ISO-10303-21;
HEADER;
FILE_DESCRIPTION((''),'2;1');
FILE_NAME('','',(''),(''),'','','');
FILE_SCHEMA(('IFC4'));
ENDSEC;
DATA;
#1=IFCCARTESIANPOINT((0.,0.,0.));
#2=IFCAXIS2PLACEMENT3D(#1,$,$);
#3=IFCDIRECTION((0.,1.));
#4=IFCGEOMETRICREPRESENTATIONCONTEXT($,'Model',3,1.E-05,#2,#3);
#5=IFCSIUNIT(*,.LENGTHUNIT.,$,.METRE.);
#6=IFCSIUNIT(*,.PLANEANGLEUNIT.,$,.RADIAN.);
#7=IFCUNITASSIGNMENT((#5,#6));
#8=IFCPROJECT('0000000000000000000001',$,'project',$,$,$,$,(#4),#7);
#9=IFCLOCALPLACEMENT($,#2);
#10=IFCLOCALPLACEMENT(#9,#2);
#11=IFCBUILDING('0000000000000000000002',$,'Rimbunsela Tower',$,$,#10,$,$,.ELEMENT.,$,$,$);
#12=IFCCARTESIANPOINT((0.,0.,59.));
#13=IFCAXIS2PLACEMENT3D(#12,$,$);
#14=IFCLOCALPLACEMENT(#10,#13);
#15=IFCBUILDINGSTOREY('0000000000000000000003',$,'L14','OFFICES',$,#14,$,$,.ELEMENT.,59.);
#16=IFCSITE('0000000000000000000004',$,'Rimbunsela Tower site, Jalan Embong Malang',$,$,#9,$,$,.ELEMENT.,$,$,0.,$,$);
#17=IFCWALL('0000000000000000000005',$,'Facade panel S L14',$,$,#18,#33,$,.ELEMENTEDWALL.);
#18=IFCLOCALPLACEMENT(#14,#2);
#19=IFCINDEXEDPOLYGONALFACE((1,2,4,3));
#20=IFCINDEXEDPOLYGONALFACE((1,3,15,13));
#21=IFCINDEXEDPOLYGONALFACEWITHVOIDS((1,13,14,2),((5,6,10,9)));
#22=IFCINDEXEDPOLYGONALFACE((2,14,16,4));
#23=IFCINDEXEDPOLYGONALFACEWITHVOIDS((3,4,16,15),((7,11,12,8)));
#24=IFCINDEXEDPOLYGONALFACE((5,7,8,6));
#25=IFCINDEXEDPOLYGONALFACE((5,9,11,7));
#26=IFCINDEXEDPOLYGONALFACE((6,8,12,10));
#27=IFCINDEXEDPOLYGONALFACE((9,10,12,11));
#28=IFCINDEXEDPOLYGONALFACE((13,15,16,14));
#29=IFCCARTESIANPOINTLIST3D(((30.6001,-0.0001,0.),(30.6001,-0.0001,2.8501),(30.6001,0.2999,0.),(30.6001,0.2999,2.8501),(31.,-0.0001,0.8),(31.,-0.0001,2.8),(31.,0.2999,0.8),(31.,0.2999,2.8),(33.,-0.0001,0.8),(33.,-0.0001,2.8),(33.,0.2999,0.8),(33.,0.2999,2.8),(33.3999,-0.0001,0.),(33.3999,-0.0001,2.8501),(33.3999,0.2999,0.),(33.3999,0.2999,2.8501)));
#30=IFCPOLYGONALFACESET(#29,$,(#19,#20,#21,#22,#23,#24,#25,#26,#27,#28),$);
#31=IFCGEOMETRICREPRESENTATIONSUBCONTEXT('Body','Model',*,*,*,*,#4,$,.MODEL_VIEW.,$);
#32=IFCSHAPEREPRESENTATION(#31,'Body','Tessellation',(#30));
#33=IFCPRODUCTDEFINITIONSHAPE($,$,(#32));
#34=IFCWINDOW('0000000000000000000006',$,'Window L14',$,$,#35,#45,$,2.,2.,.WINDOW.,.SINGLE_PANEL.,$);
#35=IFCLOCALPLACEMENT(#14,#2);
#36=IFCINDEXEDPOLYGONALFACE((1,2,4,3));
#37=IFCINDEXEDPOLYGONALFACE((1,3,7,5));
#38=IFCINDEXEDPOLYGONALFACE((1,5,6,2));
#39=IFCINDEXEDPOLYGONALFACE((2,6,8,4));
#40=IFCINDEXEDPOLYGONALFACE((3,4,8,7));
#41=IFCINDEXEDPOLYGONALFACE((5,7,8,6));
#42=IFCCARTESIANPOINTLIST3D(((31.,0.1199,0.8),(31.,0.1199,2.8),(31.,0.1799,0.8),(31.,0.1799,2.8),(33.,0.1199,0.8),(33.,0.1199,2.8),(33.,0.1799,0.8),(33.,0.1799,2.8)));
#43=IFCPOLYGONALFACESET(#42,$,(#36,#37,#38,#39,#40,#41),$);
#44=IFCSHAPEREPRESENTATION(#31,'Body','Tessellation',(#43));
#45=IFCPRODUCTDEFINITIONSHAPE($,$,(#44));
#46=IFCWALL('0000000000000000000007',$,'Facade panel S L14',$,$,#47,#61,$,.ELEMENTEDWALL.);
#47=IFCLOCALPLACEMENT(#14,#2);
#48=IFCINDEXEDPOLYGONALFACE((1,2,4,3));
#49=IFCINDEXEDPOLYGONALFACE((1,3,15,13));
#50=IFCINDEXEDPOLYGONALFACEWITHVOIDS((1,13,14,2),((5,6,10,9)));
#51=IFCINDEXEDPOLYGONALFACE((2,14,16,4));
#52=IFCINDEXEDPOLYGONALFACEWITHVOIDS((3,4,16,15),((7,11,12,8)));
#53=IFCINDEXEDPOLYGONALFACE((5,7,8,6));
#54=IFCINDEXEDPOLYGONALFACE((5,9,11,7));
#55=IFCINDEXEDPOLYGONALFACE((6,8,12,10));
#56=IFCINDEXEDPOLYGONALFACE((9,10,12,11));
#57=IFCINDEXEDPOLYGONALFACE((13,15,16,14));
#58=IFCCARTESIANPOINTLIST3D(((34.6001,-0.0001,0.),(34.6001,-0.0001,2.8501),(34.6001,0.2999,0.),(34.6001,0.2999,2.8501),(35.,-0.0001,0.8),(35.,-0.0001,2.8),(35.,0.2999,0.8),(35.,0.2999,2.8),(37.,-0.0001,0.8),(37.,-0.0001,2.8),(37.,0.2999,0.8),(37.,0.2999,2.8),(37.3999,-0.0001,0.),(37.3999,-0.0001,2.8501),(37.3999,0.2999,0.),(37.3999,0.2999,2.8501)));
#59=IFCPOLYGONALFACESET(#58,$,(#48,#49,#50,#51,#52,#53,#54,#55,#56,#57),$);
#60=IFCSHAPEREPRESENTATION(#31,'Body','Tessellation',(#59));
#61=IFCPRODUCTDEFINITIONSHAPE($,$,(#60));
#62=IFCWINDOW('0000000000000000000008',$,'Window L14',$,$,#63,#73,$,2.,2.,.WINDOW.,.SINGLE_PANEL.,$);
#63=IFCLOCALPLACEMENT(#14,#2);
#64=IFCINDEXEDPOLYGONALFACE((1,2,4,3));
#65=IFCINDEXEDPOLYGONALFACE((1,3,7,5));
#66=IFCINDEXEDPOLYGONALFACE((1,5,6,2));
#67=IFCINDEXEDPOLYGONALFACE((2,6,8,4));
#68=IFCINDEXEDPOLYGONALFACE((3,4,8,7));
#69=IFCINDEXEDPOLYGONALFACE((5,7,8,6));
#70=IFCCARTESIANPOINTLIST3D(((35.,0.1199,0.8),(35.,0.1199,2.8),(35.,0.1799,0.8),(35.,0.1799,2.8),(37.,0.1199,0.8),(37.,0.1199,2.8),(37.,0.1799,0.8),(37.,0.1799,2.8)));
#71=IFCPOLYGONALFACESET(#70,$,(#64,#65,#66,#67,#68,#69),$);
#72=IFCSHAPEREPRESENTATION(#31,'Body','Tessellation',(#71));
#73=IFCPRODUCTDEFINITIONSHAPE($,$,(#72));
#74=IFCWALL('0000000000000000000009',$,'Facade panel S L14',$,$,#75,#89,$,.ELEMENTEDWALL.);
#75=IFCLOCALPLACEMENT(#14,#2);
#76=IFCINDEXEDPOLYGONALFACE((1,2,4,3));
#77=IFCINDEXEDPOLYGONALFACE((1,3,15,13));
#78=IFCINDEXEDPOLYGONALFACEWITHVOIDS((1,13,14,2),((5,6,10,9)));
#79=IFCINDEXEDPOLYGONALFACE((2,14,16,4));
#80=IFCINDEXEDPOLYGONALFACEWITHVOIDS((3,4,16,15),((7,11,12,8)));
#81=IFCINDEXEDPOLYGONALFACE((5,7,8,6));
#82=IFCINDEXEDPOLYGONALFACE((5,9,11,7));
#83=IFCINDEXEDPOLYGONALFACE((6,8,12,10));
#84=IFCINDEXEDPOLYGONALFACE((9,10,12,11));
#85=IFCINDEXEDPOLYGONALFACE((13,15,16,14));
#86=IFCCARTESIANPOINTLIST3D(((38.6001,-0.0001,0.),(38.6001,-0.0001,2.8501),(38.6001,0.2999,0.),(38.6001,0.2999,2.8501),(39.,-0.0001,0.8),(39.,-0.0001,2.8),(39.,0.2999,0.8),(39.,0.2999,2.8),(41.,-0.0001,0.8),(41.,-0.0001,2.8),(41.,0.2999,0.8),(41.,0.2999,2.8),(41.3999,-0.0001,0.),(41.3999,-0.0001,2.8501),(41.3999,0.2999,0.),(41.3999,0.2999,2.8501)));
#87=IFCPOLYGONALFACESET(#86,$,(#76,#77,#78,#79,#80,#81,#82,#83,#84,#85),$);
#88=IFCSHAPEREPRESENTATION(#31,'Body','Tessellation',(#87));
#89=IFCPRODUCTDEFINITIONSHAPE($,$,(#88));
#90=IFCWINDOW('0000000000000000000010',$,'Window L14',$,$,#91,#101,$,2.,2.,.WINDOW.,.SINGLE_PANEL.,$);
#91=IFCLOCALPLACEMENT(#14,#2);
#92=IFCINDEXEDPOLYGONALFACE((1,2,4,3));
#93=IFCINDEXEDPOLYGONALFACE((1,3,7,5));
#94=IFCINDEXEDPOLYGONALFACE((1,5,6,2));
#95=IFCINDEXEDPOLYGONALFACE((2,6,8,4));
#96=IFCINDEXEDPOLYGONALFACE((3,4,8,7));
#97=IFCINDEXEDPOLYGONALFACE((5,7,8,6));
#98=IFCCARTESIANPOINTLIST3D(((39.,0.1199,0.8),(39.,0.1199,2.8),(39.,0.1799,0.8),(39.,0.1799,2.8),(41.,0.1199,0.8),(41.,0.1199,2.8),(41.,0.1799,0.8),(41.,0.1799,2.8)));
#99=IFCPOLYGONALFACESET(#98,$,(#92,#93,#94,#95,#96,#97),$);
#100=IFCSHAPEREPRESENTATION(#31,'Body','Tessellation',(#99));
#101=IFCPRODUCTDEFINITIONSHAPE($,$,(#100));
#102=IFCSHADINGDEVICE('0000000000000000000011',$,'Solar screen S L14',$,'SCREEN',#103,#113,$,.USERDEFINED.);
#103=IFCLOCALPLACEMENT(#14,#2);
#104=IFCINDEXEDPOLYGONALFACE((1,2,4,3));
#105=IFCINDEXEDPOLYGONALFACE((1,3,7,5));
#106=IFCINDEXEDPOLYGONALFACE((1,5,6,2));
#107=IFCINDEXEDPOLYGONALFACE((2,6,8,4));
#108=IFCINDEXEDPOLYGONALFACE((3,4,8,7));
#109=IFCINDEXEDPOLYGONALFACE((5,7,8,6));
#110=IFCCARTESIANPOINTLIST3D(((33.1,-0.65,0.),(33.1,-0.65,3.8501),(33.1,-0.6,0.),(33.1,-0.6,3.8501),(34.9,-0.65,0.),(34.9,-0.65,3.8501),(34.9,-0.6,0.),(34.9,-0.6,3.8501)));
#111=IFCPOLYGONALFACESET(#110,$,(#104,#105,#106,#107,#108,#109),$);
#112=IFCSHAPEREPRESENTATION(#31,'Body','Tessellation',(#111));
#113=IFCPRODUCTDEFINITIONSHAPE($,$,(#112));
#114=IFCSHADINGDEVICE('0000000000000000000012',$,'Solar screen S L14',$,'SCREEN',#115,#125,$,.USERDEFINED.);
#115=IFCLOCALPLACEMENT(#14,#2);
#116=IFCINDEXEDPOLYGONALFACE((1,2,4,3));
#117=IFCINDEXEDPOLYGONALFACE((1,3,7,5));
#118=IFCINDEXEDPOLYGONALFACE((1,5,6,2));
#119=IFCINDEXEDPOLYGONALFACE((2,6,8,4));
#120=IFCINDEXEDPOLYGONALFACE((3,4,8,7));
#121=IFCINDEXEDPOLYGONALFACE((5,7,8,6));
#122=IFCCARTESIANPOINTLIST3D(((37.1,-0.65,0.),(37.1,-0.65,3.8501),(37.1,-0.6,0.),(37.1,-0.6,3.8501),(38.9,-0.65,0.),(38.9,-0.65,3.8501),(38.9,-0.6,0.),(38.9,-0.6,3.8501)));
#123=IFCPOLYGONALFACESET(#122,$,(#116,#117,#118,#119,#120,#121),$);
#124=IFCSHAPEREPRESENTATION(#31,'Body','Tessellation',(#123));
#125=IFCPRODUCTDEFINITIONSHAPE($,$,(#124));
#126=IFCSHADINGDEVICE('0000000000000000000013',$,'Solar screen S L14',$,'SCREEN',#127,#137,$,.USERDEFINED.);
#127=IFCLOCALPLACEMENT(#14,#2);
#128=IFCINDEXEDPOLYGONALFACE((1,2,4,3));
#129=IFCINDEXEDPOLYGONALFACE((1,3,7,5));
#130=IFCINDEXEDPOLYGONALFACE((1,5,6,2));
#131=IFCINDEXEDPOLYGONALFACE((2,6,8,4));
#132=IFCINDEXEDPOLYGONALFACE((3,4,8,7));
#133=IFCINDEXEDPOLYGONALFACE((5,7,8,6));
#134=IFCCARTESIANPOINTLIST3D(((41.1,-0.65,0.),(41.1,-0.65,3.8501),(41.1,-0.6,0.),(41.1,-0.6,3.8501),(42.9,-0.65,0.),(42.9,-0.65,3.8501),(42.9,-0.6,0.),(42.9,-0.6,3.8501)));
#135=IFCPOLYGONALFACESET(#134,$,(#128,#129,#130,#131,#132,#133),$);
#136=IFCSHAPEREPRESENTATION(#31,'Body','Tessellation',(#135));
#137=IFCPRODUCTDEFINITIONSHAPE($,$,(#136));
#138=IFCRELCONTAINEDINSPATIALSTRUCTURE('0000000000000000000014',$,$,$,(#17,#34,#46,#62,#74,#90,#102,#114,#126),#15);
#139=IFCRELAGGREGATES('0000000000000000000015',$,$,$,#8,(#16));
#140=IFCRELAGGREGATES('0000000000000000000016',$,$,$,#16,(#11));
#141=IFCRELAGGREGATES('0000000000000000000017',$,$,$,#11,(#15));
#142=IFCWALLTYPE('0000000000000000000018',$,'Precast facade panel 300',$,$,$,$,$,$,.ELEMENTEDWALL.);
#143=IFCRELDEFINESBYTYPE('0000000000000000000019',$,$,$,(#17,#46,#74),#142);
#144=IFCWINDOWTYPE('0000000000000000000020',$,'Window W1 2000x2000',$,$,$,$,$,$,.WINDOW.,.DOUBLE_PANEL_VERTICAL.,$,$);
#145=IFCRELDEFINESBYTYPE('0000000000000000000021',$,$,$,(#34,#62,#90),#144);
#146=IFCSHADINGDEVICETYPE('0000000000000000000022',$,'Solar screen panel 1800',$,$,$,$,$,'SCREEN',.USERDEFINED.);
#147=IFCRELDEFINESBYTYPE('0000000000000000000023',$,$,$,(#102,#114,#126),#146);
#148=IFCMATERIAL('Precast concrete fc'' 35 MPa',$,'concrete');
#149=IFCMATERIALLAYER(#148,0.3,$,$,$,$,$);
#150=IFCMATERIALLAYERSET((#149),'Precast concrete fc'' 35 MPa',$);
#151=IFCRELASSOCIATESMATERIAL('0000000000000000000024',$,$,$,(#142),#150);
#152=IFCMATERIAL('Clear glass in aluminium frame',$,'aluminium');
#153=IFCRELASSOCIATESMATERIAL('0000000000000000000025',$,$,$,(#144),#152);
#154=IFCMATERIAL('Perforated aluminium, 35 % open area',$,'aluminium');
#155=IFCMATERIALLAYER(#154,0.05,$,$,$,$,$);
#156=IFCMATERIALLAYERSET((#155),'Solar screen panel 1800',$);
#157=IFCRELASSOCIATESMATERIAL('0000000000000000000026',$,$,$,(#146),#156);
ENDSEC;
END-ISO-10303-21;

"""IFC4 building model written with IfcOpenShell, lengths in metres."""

from ifc_helpers import new_model, si_unit, direction, frame, frame_2d, origin, origin_2d, place, context, subcontext, project, spatial, rectangle, extrude, material, layer, layer_set, type_object, element, fill, save


model = new_model("IFC4")

# Units and contexts
model_context = context("Model", 3, precision=1e-05, world=origin(), true_north=direction((0.0, 1.0)))
body_context = subcontext(model_context, "Body", "Model", "MODEL_VIEW")
ifc_project = project(units=[si_unit("LENGTHUNIT", "METRE"), si_unit("PLANEANGLEUNIT", "RADIAN")], contexts=[model_context])

# Site, building, storey
site_placement = place(None, origin())
site = spatial("IfcSite", under=ifc_project, at=site_placement, Name="Rimbunsela Tower site, Jalan Embong Malang", CompositionType="ELEMENT", RefElevation=0.0)
building_placement = place(site_placement, origin())
building = spatial("IfcBuilding", under=site, at=building_placement, Name="Rimbunsela Tower", CompositionType="ELEMENT")
storey_placement = place(building_placement, frame((0.0, 0.0, 59.0)))
storey = spatial("IfcBuildingStorey", under=building, at=storey_placement, Name="L14", Description="OFFICES", CompositionType="ELEMENT", Elevation=59.0)

# Walls, openings, windows
ifc_material_1 = material(Name="Precast concrete fc' 35 MPa", Category="concrete")
ifc_layer_1 = layer(ifc_material_1, 0.3)
ifc_layer_set_1 = layer_set([ifc_layer_1], Name="Precast concrete fc' 35 MPa")
wall_type = type_object("IfcWallType", Name="Precast facade panel 300", PredefinedType="ELEMENTEDWALL", material=ifc_layer_set_1)
wall_1_placement = place(storey_placement, frame((30.6001, 0.1499, 0.0), z_axis=(0.0, 0.0, 1.0), x_axis=(1.0, 0.0, 0.0)))
wall_1 = element("IfcWall", 1, at=wall_1_placement, inside=storey, type_object=wall_type, Name="Facade panel S L14", PredefinedType="ELEMENTEDWALL", context=body_context, shape_type="SweptSolid", body=[
    extrude(rectangle(XDim=2.7998, YDim=0.3, at=frame_2d((1.3999, 0.0))), origin(), (0.0, 0.0, 1.0), 2.8501),
])
opening_1_placement = place(wall_1_placement, frame((0.3999, 0.0, 0.8)))
opening_1 = element("IfcOpeningElement", 2, at=opening_1_placement, cuts=wall_1, PredefinedType="OPENING", context=body_context, shape_type="SweptSolid", body=[
    extrude(rectangle(XDim=2.0, YDim=2.0, at=frame_2d((1.0, 1.0))), frame((0.0, 0.1599, 0.0), z_axis=(0.0, -1.0, 0.0), x_axis=(1.0, 0.0, 0.0)), (0.0, 0.0, 1.0), 0.3201),
])
ifc_material_2 = material(Name="Clear glass in aluminium frame", Category="aluminium")
window_type = type_object("IfcWindowType", Name="Window W1 2000x2000", PartitioningType="DOUBLE_PANEL_VERTICAL", PredefinedType="WINDOW", material=ifc_material_2)
window_1_placement = place(opening_1_placement, origin())
window_1 = element("IfcWindow", 3, at=window_1_placement, inside=storey, type_object=window_type, Name="Window L14", OverallHeight=2.0, OverallWidth=2.0, PartitioningType="SINGLE_PANEL", PredefinedType="WINDOW", context=body_context, shape_type="SweptSolid", body=[
    extrude(rectangle(XDim=2.0, YDim=2.0, at=frame_2d((1.0, 1.0))), frame((0.0, 0.03, 0.0), z_axis=(0.0, -1.0, 0.0), x_axis=(1.0, 0.0, 0.0)), (0.0, 0.0, 1.0), 0.0601),
])
fill(opening_1, window_1)
wall_2_placement = place(storey_placement, frame((34.6001, 0.1499, 0.0), z_axis=(0.0, 0.0, 1.0), x_axis=(1.0, 0.0, 0.0)))
wall_2 = element("IfcWall", 4, at=wall_2_placement, inside=storey, type_object=wall_type, Name="Facade panel S L14", PredefinedType="ELEMENTEDWALL", context=body_context, shape_type="SweptSolid", body=[
    extrude(rectangle(XDim=2.7998, YDim=0.3, at=frame_2d((1.3999, 0.0))), origin(), (0.0, 0.0, 1.0), 2.8501),
])
opening_2_placement = place(wall_2_placement, frame((0.3999, 0.0, 0.8)))
opening_2 = element("IfcOpeningElement", 5, at=opening_2_placement, cuts=wall_2, PredefinedType="OPENING", context=body_context, shape_type="SweptSolid", body=[
    extrude(rectangle(XDim=2.0, YDim=2.0, at=frame_2d((1.0, 1.0))), frame((0.0, 0.1599, 0.0), z_axis=(0.0, -1.0, 0.0), x_axis=(1.0, 0.0, 0.0)), (0.0, 0.0, 1.0), 0.3201),
])
window_2_placement = place(opening_2_placement, origin())
window_2 = element("IfcWindow", 6, at=window_2_placement, inside=storey, type_object=window_type, Name="Window L14", OverallHeight=2.0, OverallWidth=2.0, PartitioningType="SINGLE_PANEL", PredefinedType="WINDOW", context=body_context, shape_type="SweptSolid", body=[
    extrude(rectangle(XDim=2.0, YDim=2.0, at=frame_2d((1.0, 1.0))), frame((0.0, 0.03, 0.0), z_axis=(0.0, -1.0, 0.0), x_axis=(1.0, 0.0, 0.0)), (0.0, 0.0, 1.0), 0.0601),
])
fill(opening_2, window_2)
wall_3_placement = place(storey_placement, frame((38.6001, 0.1499, 0.0), z_axis=(0.0, 0.0, 1.0), x_axis=(1.0, 0.0, 0.0)))
wall_3 = element("IfcWall", 7, at=wall_3_placement, inside=storey, type_object=wall_type, Name="Facade panel S L14", PredefinedType="ELEMENTEDWALL", context=body_context, shape_type="SweptSolid", body=[
    extrude(rectangle(XDim=2.7998, YDim=0.3, at=frame_2d((1.3999, 0.0))), origin(), (0.0, 0.0, 1.0), 2.8501),
])
opening_3_placement = place(wall_3_placement, frame((0.3999, 0.0, 0.8)))
opening_3 = element("IfcOpeningElement", 8, at=opening_3_placement, cuts=wall_3, PredefinedType="OPENING", context=body_context, shape_type="SweptSolid", body=[
    extrude(rectangle(XDim=2.0, YDim=2.0, at=frame_2d((1.0, 1.0))), frame((0.0, 0.1599, 0.0), z_axis=(0.0, -1.0, 0.0), x_axis=(1.0, 0.0, 0.0)), (0.0, 0.0, 1.0), 0.3201),
])
window_3_placement = place(opening_3_placement, origin())
window_3 = element("IfcWindow", 9, at=window_3_placement, inside=storey, type_object=window_type, Name="Window L14", OverallHeight=2.0, OverallWidth=2.0, PartitioningType="SINGLE_PANEL", PredefinedType="WINDOW", context=body_context, shape_type="SweptSolid", body=[
    extrude(rectangle(XDim=2.0, YDim=2.0, at=frame_2d((1.0, 1.0))), frame((0.0, 0.03, 0.0), z_axis=(0.0, -1.0, 0.0), x_axis=(1.0, 0.0, 0.0)), (0.0, 0.0, 1.0), 0.0601),
])
fill(opening_3, window_3)

# Shading devices
ifc_material_3 = material(Name="Perforated aluminium, 35 % open area", Category="aluminium")
ifc_layer_2 = layer(ifc_material_3, 0.05)
ifc_layer_set_2 = layer_set([ifc_layer_2], Name="Solar screen panel 1800")
shading_device_type = type_object("IfcShadingDeviceType", Name="Solar screen panel 1800", ElementType="SCREEN", PredefinedType="USERDEFINED", material=ifc_layer_set_2)
for number, where, z_axis, x_axis, name in (
    (10, (34.0, -0.625, 0.0), (0.0, 0.0, 1.0), (1.0, 0.0, 0.0), "Solar screen S L14"),
    (11, (38.0, -0.625, 0.0), (0.0, 0.0, 1.0), (1.0, 0.0, 0.0), "Solar screen S L14"),
    (12, (42.0, -0.625, 0.0), (0.0, 0.0, 1.0), (1.0, 0.0, 0.0), "Solar screen S L14"),
):
    element("IfcShadingDevice", number, at=place(storey_placement, frame(where, z_axis=z_axis, x_axis=x_axis)), inside=storey, type_object=shading_device_type, Name=name, ObjectType="SCREEN", PredefinedType="USERDEFINED", context=body_context, shape_type="SweptSolid", body=[
        extrude(rectangle(XDim=1.8, YDim=0.05, at=origin_2d()), origin(), (0.0, 0.0, 1.0), 3.8501),
    ])

save(model, "model.ifc")
